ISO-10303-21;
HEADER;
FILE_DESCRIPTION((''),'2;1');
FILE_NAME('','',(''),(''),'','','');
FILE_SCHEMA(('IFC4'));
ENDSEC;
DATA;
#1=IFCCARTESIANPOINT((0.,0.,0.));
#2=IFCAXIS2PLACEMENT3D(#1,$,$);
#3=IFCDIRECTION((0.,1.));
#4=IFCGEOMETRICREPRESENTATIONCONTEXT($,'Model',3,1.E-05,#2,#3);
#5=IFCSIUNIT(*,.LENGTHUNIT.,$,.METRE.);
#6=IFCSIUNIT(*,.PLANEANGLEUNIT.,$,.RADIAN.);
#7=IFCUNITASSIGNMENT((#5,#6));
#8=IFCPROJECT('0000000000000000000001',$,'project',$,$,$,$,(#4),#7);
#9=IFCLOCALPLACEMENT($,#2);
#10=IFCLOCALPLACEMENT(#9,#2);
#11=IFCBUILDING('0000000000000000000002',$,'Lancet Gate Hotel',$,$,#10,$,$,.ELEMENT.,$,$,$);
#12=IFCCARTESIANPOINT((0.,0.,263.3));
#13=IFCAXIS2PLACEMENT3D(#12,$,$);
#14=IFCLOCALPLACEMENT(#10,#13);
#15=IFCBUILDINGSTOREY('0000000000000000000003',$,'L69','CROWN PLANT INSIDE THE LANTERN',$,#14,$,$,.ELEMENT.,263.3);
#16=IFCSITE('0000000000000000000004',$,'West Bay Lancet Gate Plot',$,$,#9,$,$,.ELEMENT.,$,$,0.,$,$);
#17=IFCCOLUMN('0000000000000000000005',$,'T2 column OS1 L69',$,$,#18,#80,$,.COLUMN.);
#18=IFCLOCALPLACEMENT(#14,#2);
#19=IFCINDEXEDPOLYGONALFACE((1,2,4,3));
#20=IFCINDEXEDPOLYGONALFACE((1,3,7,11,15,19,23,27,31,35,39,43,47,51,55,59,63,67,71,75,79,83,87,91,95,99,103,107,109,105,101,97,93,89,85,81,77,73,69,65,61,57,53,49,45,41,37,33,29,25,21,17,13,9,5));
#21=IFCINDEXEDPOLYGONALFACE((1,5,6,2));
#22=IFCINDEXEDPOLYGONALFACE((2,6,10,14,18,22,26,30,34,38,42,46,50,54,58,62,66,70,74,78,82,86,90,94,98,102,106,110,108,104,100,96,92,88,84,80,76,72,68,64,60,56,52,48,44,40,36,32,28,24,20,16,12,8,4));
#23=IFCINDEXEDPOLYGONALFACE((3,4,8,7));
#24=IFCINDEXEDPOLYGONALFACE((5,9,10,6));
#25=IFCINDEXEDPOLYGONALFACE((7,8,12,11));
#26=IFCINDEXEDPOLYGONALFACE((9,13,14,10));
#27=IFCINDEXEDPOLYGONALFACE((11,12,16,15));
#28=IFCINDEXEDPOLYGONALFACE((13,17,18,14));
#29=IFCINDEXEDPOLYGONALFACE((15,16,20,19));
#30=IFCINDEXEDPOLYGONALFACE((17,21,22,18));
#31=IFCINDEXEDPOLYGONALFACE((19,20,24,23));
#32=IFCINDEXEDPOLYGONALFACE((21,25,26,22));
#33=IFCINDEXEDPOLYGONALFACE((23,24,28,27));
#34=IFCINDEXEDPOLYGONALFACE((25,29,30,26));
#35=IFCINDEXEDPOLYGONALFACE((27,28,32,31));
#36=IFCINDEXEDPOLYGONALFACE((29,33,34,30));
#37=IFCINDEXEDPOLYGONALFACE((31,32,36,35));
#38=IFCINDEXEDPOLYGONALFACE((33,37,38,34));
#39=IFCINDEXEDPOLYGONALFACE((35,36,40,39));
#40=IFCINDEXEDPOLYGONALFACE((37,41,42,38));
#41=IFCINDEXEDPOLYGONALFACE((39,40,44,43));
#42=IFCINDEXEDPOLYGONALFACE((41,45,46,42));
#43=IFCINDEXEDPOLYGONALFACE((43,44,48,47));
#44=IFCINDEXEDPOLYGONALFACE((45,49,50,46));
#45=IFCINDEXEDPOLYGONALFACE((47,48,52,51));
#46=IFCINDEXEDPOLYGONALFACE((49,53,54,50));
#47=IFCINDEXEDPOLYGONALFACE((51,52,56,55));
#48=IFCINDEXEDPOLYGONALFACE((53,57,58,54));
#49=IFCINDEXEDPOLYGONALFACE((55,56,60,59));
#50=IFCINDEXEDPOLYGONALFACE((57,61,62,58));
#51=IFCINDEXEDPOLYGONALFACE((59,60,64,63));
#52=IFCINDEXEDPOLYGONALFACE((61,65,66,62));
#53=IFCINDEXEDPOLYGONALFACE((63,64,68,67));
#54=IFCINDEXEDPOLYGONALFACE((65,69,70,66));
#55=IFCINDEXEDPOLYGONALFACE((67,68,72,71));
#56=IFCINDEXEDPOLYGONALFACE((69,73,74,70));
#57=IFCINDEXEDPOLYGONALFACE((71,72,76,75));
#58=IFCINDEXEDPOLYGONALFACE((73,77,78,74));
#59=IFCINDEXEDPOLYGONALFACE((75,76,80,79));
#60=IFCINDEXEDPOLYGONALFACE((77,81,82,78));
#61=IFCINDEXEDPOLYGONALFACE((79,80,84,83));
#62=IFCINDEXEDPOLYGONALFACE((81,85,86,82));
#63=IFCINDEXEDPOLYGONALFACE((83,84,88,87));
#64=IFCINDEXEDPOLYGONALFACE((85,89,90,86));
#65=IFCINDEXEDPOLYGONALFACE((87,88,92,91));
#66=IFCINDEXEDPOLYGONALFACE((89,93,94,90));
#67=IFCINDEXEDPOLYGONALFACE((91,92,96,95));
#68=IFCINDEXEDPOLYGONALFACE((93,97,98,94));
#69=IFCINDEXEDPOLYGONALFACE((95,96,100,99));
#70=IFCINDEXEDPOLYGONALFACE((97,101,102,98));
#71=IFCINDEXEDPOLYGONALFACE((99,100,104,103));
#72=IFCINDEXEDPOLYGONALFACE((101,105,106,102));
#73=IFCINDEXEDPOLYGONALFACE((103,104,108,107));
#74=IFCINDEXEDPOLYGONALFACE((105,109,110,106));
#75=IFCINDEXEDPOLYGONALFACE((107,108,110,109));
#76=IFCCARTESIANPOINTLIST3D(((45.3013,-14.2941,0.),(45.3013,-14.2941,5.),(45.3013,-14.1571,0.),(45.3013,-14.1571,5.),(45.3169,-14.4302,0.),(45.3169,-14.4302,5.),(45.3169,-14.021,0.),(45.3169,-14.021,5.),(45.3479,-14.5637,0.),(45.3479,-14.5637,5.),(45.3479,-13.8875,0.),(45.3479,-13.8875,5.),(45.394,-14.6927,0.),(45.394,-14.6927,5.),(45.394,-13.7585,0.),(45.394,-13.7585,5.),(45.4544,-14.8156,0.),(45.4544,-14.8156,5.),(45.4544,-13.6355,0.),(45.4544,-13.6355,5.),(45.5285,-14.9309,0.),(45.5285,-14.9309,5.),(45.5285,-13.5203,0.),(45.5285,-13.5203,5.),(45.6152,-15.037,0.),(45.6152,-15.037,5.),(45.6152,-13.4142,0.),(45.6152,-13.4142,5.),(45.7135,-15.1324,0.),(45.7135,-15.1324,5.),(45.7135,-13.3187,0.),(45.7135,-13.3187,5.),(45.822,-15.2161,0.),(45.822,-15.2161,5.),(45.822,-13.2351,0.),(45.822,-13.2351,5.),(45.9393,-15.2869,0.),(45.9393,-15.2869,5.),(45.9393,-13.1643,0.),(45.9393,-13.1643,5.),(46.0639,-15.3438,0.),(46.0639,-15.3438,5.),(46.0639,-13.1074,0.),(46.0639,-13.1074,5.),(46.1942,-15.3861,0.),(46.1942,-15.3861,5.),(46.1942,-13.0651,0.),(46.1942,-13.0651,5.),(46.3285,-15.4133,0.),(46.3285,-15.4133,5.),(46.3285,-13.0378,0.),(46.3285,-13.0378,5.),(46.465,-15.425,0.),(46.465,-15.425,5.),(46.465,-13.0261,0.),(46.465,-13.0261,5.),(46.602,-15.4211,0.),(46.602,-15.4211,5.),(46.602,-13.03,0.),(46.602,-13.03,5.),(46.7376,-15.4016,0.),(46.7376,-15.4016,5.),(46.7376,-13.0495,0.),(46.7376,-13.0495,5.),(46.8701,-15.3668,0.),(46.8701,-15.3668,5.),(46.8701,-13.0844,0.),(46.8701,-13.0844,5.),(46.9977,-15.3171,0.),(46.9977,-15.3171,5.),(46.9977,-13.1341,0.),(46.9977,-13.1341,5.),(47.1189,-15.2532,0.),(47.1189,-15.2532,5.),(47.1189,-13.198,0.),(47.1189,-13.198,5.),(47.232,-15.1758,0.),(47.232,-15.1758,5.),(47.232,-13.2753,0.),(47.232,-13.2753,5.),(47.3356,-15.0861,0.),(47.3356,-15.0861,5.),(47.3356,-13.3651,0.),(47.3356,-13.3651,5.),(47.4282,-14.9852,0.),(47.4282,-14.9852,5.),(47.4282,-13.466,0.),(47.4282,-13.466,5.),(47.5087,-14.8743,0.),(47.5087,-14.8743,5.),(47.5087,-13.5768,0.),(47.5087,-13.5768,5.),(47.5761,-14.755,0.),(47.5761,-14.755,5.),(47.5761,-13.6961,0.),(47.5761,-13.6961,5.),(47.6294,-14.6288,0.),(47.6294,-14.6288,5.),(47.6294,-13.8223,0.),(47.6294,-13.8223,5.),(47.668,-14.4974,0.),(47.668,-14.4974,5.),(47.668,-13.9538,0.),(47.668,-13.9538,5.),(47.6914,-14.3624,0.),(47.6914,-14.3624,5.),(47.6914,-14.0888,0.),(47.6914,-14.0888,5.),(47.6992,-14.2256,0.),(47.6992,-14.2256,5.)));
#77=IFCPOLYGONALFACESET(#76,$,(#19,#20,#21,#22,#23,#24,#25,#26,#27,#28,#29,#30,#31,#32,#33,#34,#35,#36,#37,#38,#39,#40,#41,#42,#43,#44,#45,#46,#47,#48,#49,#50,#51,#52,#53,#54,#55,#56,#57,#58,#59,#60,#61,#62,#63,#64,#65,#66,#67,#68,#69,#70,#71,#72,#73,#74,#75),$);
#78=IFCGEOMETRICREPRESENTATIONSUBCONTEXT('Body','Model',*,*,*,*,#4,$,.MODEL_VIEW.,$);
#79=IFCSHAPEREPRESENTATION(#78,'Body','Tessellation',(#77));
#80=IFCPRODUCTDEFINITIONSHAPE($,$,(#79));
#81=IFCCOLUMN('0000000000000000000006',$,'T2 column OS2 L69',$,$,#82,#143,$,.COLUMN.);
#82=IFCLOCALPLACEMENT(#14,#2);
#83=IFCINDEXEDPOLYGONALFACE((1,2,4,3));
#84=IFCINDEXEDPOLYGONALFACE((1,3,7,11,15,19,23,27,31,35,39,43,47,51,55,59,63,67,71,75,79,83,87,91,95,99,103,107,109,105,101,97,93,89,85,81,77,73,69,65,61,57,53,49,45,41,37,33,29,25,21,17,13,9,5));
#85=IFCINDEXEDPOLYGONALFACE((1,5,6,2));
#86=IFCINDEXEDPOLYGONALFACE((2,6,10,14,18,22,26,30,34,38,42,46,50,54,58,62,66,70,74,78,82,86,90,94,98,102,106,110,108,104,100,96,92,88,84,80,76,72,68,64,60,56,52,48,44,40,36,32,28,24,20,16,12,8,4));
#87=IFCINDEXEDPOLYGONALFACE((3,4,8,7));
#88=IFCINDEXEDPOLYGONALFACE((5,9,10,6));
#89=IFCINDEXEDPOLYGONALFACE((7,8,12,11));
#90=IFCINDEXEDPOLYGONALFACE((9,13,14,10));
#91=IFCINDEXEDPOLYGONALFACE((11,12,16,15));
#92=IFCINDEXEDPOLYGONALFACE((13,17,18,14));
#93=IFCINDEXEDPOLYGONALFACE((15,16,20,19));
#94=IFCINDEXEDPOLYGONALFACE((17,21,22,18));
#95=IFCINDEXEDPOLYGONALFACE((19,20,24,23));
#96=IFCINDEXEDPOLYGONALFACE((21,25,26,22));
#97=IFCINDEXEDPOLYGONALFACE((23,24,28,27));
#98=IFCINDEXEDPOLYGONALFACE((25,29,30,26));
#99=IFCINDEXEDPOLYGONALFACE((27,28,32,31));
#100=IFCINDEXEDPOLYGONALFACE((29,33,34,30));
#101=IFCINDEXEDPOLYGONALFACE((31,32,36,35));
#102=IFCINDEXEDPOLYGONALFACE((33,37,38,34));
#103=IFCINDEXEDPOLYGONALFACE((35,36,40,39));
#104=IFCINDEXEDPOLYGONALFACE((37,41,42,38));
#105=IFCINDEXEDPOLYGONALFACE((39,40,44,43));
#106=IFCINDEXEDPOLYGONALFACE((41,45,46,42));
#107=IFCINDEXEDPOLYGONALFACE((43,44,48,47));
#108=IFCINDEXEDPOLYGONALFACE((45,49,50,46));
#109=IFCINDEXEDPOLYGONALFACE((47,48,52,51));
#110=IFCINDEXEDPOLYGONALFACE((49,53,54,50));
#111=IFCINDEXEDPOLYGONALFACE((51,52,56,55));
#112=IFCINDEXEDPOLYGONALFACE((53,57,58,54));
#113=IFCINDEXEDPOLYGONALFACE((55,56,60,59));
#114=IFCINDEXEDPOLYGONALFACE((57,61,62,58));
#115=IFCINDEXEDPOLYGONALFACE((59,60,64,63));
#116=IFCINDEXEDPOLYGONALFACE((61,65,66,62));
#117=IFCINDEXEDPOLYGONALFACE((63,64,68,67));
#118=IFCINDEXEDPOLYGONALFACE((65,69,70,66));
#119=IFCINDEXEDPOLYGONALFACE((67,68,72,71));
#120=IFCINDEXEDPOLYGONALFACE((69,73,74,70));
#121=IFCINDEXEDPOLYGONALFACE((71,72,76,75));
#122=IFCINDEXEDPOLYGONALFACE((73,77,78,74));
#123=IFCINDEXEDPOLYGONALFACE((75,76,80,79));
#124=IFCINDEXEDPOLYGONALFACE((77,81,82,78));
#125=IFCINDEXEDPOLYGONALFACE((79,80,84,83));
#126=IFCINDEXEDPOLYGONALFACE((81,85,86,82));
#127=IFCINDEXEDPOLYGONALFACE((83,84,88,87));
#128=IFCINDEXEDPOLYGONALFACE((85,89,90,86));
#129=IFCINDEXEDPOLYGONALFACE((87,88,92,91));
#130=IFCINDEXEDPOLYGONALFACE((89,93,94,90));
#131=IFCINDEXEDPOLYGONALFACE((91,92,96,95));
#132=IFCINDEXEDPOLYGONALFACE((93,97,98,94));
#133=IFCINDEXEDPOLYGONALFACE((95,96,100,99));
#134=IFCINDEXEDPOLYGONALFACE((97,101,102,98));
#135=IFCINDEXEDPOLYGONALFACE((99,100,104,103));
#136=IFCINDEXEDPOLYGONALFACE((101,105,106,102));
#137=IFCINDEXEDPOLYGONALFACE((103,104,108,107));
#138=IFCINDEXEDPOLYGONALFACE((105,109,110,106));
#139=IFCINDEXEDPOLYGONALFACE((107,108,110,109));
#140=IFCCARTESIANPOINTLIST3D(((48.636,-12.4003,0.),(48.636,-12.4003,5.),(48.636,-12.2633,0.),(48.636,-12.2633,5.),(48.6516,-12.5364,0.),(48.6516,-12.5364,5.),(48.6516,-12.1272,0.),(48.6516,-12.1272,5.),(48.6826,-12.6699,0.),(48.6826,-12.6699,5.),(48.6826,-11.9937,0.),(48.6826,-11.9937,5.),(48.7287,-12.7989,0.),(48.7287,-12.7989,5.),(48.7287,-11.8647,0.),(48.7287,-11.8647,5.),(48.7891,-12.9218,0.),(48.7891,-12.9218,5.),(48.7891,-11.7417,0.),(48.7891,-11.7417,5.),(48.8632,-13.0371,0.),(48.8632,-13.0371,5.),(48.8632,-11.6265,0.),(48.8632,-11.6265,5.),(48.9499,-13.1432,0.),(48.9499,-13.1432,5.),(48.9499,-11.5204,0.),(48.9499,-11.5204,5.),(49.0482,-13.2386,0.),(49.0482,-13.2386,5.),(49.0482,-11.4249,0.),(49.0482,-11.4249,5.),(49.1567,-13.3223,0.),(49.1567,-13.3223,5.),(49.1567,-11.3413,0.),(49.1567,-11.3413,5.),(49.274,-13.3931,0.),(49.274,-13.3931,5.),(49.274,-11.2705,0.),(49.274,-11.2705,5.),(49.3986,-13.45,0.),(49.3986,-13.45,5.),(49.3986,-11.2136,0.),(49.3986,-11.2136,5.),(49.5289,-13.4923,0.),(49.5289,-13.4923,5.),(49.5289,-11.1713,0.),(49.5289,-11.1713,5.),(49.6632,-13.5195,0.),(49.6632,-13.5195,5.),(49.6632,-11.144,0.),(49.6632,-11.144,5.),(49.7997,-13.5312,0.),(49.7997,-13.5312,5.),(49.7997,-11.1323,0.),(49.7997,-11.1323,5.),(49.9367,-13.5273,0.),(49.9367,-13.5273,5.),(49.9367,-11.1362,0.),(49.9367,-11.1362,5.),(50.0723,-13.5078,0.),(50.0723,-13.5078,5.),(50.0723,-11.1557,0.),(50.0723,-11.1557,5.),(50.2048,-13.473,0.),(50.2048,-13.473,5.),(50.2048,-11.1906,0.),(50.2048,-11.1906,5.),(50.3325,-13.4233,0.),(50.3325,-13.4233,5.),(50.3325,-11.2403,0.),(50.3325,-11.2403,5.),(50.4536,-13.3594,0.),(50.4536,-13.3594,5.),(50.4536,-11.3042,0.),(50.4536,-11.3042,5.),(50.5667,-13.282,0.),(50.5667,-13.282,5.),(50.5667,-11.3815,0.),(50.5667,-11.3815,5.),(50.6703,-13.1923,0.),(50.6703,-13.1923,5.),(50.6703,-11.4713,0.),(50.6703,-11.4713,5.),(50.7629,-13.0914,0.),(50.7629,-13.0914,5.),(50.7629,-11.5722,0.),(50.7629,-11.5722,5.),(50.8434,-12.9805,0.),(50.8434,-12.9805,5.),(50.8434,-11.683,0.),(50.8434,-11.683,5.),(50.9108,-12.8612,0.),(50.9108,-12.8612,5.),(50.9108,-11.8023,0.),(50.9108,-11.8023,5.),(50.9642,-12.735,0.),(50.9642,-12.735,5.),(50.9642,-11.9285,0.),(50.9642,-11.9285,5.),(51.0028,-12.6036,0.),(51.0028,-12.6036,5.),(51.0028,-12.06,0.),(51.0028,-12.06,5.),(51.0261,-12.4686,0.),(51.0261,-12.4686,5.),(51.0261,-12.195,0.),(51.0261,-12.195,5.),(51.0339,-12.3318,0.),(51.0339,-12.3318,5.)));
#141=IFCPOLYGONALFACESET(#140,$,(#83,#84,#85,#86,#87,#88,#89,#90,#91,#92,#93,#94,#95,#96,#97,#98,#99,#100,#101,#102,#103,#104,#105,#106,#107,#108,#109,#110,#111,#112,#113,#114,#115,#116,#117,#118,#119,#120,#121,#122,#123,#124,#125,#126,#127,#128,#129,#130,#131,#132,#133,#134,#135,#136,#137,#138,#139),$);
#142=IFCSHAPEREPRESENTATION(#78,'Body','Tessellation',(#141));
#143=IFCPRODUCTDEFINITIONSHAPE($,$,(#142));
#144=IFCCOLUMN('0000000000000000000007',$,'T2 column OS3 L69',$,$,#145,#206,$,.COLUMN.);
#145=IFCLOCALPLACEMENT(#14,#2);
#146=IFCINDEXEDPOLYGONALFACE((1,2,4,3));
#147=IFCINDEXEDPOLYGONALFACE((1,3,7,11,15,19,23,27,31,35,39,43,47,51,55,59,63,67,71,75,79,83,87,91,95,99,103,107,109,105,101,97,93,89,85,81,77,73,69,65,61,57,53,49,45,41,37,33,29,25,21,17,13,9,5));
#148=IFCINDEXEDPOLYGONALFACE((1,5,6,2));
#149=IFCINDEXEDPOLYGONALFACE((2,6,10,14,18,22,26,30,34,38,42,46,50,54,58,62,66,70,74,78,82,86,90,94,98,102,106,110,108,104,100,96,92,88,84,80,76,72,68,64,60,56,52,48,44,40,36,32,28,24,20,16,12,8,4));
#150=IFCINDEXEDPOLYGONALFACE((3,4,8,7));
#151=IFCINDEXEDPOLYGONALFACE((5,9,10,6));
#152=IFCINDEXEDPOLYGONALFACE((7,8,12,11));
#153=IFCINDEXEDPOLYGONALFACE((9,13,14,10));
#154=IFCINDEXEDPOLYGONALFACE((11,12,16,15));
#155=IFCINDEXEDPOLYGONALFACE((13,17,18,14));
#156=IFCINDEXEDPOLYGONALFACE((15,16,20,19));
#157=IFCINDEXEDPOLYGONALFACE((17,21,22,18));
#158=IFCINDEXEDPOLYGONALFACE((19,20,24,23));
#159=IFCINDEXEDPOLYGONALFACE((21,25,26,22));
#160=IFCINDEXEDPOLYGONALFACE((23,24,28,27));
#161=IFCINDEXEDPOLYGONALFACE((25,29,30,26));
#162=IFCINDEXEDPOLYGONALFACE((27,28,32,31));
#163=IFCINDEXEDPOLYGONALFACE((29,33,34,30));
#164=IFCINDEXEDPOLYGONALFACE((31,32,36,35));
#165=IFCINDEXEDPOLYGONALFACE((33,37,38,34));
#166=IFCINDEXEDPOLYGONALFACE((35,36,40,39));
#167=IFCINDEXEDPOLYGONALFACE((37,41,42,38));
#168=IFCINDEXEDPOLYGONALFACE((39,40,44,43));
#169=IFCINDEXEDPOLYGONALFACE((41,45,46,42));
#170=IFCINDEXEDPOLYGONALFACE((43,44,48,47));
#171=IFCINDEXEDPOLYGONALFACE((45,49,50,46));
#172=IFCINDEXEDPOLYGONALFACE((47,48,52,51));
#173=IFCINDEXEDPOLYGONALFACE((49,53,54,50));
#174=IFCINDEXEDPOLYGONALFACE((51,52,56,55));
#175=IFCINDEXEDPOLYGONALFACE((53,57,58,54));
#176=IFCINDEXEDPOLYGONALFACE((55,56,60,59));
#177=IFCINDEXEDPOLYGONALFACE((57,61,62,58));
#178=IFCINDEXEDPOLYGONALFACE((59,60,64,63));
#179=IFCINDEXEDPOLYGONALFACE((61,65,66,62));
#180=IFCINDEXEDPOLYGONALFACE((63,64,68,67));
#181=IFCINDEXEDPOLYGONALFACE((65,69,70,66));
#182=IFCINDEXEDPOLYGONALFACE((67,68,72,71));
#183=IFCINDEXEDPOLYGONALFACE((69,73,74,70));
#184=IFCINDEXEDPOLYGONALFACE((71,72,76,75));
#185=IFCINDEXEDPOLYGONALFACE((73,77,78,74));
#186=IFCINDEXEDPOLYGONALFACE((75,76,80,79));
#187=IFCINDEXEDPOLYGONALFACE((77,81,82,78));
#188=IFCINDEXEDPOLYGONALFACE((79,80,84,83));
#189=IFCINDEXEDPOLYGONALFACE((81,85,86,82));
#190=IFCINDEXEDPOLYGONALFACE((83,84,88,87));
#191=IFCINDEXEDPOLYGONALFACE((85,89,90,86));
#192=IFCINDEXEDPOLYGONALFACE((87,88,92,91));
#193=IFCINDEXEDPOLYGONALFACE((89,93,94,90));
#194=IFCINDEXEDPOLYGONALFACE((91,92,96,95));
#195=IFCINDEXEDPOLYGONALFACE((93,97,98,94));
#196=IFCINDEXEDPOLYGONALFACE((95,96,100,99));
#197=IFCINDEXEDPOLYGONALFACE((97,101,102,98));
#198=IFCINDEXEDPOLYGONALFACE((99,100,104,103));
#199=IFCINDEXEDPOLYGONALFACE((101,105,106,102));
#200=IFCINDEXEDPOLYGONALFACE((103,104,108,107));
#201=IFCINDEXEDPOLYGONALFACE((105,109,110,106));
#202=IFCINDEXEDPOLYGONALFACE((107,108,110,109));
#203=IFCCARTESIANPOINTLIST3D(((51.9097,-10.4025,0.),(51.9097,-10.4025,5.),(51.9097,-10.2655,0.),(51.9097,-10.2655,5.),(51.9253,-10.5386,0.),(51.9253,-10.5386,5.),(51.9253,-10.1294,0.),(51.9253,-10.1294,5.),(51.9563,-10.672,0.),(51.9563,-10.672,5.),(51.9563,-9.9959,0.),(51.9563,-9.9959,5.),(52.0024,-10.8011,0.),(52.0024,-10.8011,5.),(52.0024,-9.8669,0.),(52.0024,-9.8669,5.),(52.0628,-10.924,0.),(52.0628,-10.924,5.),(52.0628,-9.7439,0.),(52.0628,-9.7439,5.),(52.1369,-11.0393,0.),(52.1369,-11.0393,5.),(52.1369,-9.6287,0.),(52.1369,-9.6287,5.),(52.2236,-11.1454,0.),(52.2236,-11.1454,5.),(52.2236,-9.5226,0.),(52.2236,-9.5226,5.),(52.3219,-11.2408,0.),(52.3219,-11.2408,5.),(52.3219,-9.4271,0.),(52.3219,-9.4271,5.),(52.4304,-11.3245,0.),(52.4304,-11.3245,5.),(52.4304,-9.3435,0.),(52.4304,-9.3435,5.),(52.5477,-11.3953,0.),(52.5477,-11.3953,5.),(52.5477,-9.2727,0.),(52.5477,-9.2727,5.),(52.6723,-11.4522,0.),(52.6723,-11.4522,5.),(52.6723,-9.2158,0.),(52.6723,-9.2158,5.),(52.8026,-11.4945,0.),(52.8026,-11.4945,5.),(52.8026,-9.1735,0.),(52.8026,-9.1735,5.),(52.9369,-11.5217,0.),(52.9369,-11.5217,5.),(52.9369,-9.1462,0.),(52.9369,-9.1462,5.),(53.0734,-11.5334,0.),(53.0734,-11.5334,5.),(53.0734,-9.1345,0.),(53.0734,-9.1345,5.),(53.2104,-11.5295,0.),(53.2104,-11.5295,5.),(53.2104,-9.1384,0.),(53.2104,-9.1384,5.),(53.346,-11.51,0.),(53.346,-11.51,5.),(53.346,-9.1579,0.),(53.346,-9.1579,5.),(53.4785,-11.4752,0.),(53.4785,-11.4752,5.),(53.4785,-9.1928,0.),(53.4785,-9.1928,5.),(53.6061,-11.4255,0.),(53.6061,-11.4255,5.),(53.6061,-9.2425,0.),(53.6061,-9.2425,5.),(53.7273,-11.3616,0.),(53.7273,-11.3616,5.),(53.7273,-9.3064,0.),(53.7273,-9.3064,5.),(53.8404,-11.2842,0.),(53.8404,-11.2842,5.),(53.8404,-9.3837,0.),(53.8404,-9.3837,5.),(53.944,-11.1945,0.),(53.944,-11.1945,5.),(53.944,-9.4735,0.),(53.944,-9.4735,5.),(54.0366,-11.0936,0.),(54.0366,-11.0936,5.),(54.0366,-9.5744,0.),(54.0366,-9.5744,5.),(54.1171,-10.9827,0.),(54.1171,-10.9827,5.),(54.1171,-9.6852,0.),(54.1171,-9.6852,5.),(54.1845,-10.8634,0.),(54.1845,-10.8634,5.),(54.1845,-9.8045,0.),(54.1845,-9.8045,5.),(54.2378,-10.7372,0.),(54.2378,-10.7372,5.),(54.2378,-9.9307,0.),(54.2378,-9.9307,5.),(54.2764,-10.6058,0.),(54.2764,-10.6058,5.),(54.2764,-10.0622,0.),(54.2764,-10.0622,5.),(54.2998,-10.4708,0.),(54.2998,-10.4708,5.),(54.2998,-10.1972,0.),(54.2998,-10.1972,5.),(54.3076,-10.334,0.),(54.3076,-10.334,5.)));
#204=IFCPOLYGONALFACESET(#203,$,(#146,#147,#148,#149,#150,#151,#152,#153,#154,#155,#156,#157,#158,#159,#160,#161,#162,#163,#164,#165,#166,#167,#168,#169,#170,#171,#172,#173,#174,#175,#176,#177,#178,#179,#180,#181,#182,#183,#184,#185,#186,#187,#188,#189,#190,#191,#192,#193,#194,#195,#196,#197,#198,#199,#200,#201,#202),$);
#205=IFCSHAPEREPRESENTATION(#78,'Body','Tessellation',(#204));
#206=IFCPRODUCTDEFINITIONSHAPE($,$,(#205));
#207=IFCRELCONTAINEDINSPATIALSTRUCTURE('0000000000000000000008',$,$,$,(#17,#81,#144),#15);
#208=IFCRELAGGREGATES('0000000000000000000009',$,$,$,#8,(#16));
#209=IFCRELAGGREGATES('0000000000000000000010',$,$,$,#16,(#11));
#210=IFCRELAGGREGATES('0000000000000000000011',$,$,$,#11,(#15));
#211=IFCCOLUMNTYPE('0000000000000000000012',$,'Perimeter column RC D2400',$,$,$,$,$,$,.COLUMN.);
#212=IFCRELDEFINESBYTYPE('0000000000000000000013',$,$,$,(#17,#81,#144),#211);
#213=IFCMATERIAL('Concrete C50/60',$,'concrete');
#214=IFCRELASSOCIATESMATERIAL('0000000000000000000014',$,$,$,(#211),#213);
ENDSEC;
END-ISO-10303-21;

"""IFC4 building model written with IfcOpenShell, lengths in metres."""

from ifc_helpers import new_model, si_unit, direction, frame, origin, origin_2d, place, context, subcontext, project, spatial, circle, extrude, material, material_profile, profile_set, type_object, element, save


model = new_model("IFC4")

# Units and contexts
model_context = context("Model", 3, precision=1e-05, world=origin(), true_north=direction((0.0, 1.0)))
body_context = subcontext(model_context, "Body", "Model", "MODEL_VIEW")
ifc_project = project(units=[si_unit("LENGTHUNIT", "METRE"), si_unit("PLANEANGLEUNIT", "RADIAN")], contexts=[model_context])

# Site, building, storey
site_placement = place(None, origin())
site = spatial("IfcSite", under=ifc_project, at=site_placement, Name="West Bay Lancet Gate Plot", CompositionType="ELEMENT", RefElevation=0.0)
building_placement = place(site_placement, origin())
building = spatial("IfcBuilding", under=site, at=building_placement, Name="Lancet Gate Hotel", CompositionType="ELEMENT")
storey_placement = place(building_placement, frame((0.0, 0.0, 263.3)))
storey = spatial("IfcBuildingStorey", under=building, at=storey_placement, Name="L69", Description="CROWN PLANT INSIDE THE LANTERN", CompositionType="ELEMENT", Elevation=263.3)

# Columns
ifc_material_1 = material(Name="Concrete C50/60", Category="concrete")
ifc_material_profile_1 = material_profile(ifc_material_1, circle(Radius=1.2, at=origin_2d()), Name="RC D2400")
ifc_profile_set_1 = profile_set([ifc_material_profile_1], Name="Concrete C50/60")
column_type = type_object("IfcColumnType", Name="Perimeter column RC D2400", PredefinedType="COLUMN", material=ifc_profile_set_1)
for number, where, z_axis, x_axis, name in (
    (1, (46.4993, -14.2256, 0.0), (0.0, 0.0, 1.0), (1.0, 0.0, 0.0), "T2 column OS1 L69"),
    (2, (49.834, -12.3318, 0.0), (0.0, 0.0, 1.0), (1.0, 0.0, 0.0), "T2 column OS2 L69"),
    (3, (53.1077, -10.334, 0.0), (0.0, 0.0, 1.0), (1.0, 0.0, 0.0), "T2 column OS3 L69"),
):
    element("IfcColumn", number, at=place(storey_placement, frame(where, z_axis=z_axis, x_axis=x_axis)), inside=storey, type_object=column_type, Name=name, PredefinedType="COLUMN", context=body_context, shape_type="SweptSolid", body=[
        extrude(circle(Radius=1.2, at=origin_2d()), origin(), (0.0, 0.0, 1.0), 5.0),
    ])

save(model, "model.ifc")
